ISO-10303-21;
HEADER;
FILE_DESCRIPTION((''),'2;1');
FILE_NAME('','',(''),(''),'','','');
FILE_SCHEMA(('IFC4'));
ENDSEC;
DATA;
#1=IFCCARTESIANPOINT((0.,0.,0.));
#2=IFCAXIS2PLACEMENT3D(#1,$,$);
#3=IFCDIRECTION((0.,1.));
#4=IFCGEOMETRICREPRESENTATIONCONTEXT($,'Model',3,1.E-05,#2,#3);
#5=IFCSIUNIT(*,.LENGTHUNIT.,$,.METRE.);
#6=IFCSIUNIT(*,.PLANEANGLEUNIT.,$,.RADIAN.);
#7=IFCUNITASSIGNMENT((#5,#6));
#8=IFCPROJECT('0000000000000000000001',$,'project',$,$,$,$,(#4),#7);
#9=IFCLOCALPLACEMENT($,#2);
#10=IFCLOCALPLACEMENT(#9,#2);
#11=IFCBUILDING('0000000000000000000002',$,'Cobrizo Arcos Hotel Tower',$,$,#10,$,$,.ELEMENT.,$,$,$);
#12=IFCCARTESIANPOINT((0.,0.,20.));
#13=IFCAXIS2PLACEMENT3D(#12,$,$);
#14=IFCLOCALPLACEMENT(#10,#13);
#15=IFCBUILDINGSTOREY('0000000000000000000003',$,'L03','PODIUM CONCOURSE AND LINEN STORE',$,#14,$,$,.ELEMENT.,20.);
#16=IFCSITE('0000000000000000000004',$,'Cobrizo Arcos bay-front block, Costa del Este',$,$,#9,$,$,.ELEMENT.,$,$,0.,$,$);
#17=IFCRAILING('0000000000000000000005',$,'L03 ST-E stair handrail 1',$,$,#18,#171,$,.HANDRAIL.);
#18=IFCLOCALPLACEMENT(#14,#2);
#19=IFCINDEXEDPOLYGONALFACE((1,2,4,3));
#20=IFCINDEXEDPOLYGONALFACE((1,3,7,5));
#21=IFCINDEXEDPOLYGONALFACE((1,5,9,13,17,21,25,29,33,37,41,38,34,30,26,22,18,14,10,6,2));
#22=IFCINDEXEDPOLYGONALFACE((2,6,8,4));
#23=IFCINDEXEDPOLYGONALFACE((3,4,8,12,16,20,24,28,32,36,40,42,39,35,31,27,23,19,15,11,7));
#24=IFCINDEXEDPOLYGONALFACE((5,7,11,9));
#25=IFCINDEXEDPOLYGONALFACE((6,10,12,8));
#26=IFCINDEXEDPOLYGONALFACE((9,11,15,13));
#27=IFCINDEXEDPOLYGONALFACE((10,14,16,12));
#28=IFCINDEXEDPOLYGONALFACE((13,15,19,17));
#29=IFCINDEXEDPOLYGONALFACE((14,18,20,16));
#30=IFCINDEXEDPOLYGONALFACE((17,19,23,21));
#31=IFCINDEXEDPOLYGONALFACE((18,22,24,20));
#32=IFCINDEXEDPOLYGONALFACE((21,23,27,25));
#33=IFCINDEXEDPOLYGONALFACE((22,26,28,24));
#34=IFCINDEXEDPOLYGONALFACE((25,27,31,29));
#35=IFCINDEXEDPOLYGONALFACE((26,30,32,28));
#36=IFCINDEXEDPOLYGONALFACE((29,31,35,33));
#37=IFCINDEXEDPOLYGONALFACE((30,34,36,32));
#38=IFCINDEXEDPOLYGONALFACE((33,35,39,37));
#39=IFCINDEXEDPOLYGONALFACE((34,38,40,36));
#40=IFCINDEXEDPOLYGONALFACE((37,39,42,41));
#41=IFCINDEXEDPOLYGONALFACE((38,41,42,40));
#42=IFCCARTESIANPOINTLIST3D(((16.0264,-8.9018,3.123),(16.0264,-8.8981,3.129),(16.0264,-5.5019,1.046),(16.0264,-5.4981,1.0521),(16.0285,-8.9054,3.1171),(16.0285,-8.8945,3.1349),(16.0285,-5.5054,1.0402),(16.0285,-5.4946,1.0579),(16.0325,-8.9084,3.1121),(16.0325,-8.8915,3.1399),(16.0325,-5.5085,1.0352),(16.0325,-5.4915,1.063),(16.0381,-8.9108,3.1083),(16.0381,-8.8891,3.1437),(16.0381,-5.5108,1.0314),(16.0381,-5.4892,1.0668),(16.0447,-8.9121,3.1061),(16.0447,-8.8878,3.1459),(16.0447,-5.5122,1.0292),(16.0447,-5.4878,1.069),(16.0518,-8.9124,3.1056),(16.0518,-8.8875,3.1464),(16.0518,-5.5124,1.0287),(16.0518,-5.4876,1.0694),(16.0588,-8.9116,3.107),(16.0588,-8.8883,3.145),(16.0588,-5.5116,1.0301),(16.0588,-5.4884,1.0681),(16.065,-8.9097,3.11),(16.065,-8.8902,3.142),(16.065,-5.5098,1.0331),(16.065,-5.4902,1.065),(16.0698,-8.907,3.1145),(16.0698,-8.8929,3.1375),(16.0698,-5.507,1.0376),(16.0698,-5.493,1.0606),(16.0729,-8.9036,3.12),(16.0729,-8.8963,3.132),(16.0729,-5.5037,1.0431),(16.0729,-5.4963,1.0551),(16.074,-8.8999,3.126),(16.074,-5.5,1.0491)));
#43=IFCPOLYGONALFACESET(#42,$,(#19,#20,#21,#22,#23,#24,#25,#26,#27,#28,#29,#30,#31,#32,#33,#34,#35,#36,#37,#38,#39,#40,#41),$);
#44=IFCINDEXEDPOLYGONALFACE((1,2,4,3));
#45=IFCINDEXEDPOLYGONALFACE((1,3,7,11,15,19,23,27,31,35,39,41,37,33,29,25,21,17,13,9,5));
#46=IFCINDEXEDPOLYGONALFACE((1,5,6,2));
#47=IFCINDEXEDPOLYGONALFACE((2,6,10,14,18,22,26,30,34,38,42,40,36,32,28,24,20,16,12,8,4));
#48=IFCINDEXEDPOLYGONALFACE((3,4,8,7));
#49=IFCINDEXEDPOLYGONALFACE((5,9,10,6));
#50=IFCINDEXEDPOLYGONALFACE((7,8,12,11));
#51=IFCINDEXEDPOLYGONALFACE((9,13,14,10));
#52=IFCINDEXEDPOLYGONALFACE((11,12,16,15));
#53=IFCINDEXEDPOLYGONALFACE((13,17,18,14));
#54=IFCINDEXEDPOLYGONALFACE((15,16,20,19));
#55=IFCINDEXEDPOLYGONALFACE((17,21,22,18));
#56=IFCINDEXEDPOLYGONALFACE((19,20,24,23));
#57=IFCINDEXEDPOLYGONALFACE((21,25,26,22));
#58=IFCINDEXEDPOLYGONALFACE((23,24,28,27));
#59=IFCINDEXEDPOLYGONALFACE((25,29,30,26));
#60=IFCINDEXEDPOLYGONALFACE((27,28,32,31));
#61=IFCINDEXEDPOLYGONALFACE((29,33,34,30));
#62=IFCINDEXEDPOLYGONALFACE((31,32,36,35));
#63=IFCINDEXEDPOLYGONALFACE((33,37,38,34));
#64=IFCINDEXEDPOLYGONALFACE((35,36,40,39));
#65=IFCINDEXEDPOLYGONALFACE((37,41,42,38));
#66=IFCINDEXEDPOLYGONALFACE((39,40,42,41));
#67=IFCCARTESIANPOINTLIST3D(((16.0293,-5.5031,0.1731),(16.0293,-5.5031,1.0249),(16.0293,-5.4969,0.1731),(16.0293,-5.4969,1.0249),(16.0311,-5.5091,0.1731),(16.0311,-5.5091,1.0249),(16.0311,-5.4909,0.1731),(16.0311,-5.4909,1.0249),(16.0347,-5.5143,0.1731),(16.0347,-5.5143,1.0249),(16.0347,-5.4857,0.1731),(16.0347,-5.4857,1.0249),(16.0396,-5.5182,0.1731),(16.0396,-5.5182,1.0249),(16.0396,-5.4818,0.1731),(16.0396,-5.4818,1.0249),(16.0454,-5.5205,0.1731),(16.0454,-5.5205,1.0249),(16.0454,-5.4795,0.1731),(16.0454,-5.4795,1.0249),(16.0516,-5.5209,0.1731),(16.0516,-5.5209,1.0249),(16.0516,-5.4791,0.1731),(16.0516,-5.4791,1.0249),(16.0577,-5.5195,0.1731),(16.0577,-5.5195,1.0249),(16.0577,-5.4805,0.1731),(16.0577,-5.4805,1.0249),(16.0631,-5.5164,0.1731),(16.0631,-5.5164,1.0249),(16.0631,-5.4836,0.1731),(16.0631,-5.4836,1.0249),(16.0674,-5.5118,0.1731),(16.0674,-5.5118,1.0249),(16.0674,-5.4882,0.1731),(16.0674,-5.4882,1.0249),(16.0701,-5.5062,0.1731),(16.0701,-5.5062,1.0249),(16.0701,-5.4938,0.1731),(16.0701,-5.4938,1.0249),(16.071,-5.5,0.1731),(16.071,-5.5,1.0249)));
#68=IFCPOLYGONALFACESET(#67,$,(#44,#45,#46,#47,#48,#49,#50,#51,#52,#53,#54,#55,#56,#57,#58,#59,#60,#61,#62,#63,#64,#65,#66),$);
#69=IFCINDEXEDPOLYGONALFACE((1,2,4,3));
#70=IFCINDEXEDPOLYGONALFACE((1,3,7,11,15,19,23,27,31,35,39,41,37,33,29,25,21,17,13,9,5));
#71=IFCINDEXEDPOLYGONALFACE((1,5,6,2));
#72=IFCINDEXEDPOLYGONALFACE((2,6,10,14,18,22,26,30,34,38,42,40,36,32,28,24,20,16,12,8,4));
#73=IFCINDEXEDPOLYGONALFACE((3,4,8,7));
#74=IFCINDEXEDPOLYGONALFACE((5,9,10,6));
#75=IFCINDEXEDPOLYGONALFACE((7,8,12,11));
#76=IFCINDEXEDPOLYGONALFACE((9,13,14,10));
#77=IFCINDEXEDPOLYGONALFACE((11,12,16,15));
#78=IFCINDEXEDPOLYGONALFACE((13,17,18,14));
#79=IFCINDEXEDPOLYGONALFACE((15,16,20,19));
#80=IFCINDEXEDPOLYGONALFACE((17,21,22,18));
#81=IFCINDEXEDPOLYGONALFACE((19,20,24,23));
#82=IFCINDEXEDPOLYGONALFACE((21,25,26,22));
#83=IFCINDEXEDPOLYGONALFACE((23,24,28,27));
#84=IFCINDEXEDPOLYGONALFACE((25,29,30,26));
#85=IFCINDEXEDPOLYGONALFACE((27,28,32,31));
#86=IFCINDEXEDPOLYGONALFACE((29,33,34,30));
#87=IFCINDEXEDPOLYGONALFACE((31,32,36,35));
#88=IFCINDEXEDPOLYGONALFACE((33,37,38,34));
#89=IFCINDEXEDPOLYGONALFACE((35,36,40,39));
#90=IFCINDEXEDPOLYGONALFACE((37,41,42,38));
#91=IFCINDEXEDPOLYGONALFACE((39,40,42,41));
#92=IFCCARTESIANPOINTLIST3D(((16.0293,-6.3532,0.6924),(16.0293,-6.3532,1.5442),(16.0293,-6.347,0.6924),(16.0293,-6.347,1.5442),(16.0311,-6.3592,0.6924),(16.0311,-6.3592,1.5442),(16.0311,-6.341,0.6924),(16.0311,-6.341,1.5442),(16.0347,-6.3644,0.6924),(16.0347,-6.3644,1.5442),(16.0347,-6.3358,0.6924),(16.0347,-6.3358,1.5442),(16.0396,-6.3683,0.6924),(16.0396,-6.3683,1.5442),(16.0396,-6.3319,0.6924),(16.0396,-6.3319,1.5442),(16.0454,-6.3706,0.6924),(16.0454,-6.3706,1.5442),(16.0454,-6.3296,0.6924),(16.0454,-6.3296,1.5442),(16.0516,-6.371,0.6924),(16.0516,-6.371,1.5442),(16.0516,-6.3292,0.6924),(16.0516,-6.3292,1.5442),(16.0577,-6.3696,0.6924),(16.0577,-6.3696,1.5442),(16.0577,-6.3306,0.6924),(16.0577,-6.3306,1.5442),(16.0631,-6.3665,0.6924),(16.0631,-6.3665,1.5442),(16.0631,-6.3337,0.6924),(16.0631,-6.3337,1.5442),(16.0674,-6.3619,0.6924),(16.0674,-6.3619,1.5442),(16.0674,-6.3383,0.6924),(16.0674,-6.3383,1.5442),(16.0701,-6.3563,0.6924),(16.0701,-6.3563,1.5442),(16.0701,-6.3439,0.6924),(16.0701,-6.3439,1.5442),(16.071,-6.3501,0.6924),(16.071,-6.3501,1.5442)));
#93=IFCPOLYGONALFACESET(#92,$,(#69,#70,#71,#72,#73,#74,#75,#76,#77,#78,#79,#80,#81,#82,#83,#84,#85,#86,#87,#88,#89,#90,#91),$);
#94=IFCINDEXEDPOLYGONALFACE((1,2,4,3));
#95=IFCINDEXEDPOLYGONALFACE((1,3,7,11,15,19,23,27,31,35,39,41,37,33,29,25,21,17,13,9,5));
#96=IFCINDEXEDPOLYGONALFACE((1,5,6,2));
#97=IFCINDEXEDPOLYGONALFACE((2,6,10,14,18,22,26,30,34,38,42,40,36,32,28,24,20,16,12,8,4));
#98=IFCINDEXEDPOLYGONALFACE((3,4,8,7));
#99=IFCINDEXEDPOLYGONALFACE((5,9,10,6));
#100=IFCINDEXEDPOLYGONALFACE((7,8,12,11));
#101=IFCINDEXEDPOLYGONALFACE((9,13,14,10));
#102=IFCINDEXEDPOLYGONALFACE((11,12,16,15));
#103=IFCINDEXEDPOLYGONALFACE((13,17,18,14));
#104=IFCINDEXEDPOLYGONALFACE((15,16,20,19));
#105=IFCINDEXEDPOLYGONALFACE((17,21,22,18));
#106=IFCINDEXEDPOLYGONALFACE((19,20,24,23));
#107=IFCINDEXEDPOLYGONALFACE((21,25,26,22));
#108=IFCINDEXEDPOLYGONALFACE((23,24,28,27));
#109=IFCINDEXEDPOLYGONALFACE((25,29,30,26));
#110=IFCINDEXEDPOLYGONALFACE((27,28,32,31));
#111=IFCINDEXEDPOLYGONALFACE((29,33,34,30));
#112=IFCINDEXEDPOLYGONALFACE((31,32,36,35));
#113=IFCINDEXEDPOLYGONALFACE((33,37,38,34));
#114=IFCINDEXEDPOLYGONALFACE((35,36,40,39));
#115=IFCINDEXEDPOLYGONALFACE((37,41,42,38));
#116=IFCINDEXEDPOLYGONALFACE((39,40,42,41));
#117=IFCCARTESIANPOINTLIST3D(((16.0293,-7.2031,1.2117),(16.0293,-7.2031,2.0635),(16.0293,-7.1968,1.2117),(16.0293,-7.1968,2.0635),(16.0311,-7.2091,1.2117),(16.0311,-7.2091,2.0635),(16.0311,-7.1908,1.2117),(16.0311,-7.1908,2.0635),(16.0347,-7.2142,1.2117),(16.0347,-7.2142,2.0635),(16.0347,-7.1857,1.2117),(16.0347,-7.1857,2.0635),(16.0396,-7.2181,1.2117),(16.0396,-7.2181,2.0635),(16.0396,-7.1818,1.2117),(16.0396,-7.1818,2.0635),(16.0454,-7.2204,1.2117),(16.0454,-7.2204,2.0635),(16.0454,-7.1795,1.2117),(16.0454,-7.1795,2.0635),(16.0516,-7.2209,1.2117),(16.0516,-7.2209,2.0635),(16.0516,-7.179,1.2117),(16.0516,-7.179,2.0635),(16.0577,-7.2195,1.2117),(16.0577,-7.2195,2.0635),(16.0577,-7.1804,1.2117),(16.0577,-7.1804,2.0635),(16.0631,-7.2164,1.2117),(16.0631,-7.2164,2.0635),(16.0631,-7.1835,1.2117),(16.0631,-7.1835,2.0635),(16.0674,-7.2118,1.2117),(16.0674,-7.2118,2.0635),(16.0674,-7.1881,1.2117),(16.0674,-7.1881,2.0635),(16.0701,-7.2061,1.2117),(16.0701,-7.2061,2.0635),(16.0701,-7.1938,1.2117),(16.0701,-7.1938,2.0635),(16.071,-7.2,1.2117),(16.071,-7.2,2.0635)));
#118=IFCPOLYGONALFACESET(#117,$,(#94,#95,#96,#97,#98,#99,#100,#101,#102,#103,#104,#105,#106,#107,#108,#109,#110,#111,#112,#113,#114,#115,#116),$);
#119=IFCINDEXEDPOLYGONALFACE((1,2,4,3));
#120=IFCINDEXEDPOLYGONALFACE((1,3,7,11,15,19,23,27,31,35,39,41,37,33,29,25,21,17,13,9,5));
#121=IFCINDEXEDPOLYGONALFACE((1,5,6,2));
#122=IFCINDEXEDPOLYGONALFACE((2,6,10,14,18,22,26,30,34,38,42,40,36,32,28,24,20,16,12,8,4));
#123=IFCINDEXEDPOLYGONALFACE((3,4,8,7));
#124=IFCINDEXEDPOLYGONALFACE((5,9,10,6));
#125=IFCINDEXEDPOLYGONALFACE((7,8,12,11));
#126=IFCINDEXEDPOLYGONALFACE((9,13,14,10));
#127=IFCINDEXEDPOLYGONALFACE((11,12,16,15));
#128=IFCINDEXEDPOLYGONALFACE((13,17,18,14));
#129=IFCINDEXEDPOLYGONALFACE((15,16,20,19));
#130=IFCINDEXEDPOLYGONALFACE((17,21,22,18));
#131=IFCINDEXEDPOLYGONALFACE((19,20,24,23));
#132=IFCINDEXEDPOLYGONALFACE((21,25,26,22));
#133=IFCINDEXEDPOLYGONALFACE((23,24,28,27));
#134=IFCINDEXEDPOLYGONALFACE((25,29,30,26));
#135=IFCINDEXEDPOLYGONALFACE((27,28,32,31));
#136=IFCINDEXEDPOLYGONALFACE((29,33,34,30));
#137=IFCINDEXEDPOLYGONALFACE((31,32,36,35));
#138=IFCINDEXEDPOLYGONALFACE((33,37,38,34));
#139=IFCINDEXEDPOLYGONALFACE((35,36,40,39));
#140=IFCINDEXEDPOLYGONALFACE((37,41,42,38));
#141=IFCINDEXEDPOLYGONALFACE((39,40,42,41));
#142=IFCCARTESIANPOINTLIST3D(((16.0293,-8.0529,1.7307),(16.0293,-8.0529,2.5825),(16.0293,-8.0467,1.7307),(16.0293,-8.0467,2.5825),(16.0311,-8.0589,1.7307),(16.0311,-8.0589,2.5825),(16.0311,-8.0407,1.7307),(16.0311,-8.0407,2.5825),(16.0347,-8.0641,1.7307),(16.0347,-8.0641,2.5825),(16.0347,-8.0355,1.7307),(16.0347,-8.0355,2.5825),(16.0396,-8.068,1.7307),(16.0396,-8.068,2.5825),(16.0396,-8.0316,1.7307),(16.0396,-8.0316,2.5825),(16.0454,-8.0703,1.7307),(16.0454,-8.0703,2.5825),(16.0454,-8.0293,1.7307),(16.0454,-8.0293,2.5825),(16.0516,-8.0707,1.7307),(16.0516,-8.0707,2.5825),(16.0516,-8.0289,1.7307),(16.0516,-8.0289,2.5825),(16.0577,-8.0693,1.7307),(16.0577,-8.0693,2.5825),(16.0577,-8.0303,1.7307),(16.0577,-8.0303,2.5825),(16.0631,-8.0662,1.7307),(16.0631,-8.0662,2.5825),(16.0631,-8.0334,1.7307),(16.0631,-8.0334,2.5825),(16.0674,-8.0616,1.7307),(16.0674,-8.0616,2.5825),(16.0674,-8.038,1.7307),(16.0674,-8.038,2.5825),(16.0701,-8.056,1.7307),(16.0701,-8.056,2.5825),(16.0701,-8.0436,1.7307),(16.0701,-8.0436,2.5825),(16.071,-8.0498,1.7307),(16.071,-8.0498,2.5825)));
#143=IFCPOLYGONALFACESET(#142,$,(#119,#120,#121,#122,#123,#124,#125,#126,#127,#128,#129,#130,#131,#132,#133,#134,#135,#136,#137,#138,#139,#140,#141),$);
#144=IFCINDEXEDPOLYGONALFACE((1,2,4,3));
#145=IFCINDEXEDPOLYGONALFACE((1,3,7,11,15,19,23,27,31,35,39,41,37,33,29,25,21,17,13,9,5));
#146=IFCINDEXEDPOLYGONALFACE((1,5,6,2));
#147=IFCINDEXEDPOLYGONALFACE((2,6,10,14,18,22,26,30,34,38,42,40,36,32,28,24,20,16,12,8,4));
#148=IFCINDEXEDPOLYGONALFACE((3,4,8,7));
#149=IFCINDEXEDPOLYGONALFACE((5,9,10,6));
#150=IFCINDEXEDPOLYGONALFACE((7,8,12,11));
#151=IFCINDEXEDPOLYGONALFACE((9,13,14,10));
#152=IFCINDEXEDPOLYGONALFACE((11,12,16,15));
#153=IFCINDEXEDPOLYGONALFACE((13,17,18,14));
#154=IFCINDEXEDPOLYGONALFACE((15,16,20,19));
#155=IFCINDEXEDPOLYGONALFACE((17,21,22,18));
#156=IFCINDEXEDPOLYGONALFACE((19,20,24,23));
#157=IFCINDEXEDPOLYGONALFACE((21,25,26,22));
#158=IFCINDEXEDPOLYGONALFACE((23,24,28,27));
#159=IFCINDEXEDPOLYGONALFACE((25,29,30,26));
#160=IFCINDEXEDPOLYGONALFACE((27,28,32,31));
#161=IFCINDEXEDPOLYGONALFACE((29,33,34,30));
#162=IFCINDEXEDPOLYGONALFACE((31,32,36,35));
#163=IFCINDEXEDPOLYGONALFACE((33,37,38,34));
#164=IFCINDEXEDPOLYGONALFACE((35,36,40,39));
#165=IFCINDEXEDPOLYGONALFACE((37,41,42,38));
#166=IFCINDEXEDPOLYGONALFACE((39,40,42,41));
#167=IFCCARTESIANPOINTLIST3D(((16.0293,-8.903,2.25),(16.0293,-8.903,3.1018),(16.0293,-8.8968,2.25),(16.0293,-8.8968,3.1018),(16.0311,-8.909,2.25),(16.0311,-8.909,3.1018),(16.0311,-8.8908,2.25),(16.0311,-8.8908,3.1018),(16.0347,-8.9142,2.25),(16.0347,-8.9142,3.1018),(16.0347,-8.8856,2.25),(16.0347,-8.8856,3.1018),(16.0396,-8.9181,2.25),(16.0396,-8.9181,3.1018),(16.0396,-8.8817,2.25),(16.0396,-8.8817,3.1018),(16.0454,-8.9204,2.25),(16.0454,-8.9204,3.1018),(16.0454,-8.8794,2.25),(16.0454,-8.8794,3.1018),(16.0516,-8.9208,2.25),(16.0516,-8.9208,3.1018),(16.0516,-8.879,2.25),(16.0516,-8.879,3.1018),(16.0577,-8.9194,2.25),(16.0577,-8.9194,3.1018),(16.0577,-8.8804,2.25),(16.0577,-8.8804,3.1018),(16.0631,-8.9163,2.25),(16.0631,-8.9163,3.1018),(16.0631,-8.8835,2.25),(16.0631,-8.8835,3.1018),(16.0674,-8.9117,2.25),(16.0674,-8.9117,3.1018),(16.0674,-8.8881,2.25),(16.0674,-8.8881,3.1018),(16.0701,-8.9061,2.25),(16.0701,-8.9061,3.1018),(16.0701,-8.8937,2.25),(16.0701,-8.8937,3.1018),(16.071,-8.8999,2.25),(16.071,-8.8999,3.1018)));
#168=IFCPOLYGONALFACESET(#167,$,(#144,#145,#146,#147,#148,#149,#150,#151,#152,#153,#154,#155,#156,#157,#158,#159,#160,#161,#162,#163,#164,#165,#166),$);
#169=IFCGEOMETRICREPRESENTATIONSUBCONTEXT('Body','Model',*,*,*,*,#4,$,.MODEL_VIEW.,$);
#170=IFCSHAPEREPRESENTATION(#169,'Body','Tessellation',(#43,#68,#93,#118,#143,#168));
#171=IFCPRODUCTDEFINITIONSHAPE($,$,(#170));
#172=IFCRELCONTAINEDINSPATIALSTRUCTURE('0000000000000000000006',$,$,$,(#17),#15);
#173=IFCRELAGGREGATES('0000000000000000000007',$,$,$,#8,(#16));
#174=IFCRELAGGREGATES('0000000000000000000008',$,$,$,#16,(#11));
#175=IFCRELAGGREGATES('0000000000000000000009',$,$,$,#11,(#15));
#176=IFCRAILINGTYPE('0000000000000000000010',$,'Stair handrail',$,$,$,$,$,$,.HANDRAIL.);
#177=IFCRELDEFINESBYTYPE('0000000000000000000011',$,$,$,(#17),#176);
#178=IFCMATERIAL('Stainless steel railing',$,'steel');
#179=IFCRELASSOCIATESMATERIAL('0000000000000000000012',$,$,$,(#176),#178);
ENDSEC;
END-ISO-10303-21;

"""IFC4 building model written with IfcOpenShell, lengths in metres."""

from ifc_helpers import new_model, si_unit, direction, frame, origin, origin_2d, place, context, subcontext, project, spatial, circle, extrude, material, type_object, element, save


model = new_model("IFC4")

# Units and contexts
model_context = context("Model", 3, precision=1e-05, world=origin(), true_north=direction((0.0, 1.0)))
body_context = subcontext(model_context, "Body", "Model", "MODEL_VIEW")
ifc_project = project(units=[si_unit("LENGTHUNIT", "METRE"), si_unit("PLANEANGLEUNIT", "RADIAN")], contexts=[model_context])

# Site, building, storey
site_placement = place(None, origin())
site = spatial("IfcSite", under=ifc_project, at=site_placement, Name="Cobrizo Arcos bay-front block, Costa del Este", CompositionType="ELEMENT", RefElevation=0.0)
building_placement = place(site_placement, origin())
building = spatial("IfcBuilding", under=site, at=building_placement, Name="Cobrizo Arcos Hotel Tower", CompositionType="ELEMENT")
storey_placement = place(building_placement, frame((0.0, 0.0, 20.0)))
storey = spatial("IfcBuildingStorey", under=building, at=storey_placement, Name="L03", Description="PODIUM CONCOURSE AND LINEN STORE", CompositionType="ELEMENT", Elevation=20.0)

# Railing
ifc_material_1 = material(Name="Stainless steel railing", Category="steel")
railing_type_1 = type_object("IfcRailingType", Name="Stair handrail", PredefinedType="HANDRAIL", material=ifc_material_1)
railing_1_placement = place(storey_placement, frame((16.05, -5.5, 0.1731)))
element("IfcRailing", 1, at=railing_1_placement, inside=storey, type_object=railing_type_1, Name="L03 ST-E stair handrail 1", PredefinedType="HANDRAIL", context=body_context, shape_type="SweptSolid", body=[
    extrude(circle(Radius=0.0239, at=origin_2d()), frame((0.0, 0.0, 0.876), z_axis=(0.0, -0.853373, 0.521301), x_axis=(1.0, 0.0, 0.0)), (0.0, 0.0, 1.0), 3.9841),
    extrude(circle(Radius=0.021, at=origin_2d()), origin(), (0.0, 0.0, 1.0), 0.8518),
    extrude(circle(Radius=0.021, at=origin_2d()), frame((0.0, -0.8501, 0.5193)), (0.0, 0.0, 1.0), 0.8518),
    extrude(circle(Radius=0.021, at=origin_2d()), frame((0.0, -1.7, 1.0386)), (0.0, 0.0, 1.0), 0.8518),
    extrude(circle(Radius=0.021, at=origin_2d()), frame((0.0, -2.5498, 1.5576)), (0.0, 0.0, 1.0), 0.8518),
    extrude(circle(Radius=0.021, at=origin_2d()), frame((0.0, -3.3999, 2.0769)), (0.0, 0.0, 1.0), 0.8518),
])

save(model, "model.ifc")
